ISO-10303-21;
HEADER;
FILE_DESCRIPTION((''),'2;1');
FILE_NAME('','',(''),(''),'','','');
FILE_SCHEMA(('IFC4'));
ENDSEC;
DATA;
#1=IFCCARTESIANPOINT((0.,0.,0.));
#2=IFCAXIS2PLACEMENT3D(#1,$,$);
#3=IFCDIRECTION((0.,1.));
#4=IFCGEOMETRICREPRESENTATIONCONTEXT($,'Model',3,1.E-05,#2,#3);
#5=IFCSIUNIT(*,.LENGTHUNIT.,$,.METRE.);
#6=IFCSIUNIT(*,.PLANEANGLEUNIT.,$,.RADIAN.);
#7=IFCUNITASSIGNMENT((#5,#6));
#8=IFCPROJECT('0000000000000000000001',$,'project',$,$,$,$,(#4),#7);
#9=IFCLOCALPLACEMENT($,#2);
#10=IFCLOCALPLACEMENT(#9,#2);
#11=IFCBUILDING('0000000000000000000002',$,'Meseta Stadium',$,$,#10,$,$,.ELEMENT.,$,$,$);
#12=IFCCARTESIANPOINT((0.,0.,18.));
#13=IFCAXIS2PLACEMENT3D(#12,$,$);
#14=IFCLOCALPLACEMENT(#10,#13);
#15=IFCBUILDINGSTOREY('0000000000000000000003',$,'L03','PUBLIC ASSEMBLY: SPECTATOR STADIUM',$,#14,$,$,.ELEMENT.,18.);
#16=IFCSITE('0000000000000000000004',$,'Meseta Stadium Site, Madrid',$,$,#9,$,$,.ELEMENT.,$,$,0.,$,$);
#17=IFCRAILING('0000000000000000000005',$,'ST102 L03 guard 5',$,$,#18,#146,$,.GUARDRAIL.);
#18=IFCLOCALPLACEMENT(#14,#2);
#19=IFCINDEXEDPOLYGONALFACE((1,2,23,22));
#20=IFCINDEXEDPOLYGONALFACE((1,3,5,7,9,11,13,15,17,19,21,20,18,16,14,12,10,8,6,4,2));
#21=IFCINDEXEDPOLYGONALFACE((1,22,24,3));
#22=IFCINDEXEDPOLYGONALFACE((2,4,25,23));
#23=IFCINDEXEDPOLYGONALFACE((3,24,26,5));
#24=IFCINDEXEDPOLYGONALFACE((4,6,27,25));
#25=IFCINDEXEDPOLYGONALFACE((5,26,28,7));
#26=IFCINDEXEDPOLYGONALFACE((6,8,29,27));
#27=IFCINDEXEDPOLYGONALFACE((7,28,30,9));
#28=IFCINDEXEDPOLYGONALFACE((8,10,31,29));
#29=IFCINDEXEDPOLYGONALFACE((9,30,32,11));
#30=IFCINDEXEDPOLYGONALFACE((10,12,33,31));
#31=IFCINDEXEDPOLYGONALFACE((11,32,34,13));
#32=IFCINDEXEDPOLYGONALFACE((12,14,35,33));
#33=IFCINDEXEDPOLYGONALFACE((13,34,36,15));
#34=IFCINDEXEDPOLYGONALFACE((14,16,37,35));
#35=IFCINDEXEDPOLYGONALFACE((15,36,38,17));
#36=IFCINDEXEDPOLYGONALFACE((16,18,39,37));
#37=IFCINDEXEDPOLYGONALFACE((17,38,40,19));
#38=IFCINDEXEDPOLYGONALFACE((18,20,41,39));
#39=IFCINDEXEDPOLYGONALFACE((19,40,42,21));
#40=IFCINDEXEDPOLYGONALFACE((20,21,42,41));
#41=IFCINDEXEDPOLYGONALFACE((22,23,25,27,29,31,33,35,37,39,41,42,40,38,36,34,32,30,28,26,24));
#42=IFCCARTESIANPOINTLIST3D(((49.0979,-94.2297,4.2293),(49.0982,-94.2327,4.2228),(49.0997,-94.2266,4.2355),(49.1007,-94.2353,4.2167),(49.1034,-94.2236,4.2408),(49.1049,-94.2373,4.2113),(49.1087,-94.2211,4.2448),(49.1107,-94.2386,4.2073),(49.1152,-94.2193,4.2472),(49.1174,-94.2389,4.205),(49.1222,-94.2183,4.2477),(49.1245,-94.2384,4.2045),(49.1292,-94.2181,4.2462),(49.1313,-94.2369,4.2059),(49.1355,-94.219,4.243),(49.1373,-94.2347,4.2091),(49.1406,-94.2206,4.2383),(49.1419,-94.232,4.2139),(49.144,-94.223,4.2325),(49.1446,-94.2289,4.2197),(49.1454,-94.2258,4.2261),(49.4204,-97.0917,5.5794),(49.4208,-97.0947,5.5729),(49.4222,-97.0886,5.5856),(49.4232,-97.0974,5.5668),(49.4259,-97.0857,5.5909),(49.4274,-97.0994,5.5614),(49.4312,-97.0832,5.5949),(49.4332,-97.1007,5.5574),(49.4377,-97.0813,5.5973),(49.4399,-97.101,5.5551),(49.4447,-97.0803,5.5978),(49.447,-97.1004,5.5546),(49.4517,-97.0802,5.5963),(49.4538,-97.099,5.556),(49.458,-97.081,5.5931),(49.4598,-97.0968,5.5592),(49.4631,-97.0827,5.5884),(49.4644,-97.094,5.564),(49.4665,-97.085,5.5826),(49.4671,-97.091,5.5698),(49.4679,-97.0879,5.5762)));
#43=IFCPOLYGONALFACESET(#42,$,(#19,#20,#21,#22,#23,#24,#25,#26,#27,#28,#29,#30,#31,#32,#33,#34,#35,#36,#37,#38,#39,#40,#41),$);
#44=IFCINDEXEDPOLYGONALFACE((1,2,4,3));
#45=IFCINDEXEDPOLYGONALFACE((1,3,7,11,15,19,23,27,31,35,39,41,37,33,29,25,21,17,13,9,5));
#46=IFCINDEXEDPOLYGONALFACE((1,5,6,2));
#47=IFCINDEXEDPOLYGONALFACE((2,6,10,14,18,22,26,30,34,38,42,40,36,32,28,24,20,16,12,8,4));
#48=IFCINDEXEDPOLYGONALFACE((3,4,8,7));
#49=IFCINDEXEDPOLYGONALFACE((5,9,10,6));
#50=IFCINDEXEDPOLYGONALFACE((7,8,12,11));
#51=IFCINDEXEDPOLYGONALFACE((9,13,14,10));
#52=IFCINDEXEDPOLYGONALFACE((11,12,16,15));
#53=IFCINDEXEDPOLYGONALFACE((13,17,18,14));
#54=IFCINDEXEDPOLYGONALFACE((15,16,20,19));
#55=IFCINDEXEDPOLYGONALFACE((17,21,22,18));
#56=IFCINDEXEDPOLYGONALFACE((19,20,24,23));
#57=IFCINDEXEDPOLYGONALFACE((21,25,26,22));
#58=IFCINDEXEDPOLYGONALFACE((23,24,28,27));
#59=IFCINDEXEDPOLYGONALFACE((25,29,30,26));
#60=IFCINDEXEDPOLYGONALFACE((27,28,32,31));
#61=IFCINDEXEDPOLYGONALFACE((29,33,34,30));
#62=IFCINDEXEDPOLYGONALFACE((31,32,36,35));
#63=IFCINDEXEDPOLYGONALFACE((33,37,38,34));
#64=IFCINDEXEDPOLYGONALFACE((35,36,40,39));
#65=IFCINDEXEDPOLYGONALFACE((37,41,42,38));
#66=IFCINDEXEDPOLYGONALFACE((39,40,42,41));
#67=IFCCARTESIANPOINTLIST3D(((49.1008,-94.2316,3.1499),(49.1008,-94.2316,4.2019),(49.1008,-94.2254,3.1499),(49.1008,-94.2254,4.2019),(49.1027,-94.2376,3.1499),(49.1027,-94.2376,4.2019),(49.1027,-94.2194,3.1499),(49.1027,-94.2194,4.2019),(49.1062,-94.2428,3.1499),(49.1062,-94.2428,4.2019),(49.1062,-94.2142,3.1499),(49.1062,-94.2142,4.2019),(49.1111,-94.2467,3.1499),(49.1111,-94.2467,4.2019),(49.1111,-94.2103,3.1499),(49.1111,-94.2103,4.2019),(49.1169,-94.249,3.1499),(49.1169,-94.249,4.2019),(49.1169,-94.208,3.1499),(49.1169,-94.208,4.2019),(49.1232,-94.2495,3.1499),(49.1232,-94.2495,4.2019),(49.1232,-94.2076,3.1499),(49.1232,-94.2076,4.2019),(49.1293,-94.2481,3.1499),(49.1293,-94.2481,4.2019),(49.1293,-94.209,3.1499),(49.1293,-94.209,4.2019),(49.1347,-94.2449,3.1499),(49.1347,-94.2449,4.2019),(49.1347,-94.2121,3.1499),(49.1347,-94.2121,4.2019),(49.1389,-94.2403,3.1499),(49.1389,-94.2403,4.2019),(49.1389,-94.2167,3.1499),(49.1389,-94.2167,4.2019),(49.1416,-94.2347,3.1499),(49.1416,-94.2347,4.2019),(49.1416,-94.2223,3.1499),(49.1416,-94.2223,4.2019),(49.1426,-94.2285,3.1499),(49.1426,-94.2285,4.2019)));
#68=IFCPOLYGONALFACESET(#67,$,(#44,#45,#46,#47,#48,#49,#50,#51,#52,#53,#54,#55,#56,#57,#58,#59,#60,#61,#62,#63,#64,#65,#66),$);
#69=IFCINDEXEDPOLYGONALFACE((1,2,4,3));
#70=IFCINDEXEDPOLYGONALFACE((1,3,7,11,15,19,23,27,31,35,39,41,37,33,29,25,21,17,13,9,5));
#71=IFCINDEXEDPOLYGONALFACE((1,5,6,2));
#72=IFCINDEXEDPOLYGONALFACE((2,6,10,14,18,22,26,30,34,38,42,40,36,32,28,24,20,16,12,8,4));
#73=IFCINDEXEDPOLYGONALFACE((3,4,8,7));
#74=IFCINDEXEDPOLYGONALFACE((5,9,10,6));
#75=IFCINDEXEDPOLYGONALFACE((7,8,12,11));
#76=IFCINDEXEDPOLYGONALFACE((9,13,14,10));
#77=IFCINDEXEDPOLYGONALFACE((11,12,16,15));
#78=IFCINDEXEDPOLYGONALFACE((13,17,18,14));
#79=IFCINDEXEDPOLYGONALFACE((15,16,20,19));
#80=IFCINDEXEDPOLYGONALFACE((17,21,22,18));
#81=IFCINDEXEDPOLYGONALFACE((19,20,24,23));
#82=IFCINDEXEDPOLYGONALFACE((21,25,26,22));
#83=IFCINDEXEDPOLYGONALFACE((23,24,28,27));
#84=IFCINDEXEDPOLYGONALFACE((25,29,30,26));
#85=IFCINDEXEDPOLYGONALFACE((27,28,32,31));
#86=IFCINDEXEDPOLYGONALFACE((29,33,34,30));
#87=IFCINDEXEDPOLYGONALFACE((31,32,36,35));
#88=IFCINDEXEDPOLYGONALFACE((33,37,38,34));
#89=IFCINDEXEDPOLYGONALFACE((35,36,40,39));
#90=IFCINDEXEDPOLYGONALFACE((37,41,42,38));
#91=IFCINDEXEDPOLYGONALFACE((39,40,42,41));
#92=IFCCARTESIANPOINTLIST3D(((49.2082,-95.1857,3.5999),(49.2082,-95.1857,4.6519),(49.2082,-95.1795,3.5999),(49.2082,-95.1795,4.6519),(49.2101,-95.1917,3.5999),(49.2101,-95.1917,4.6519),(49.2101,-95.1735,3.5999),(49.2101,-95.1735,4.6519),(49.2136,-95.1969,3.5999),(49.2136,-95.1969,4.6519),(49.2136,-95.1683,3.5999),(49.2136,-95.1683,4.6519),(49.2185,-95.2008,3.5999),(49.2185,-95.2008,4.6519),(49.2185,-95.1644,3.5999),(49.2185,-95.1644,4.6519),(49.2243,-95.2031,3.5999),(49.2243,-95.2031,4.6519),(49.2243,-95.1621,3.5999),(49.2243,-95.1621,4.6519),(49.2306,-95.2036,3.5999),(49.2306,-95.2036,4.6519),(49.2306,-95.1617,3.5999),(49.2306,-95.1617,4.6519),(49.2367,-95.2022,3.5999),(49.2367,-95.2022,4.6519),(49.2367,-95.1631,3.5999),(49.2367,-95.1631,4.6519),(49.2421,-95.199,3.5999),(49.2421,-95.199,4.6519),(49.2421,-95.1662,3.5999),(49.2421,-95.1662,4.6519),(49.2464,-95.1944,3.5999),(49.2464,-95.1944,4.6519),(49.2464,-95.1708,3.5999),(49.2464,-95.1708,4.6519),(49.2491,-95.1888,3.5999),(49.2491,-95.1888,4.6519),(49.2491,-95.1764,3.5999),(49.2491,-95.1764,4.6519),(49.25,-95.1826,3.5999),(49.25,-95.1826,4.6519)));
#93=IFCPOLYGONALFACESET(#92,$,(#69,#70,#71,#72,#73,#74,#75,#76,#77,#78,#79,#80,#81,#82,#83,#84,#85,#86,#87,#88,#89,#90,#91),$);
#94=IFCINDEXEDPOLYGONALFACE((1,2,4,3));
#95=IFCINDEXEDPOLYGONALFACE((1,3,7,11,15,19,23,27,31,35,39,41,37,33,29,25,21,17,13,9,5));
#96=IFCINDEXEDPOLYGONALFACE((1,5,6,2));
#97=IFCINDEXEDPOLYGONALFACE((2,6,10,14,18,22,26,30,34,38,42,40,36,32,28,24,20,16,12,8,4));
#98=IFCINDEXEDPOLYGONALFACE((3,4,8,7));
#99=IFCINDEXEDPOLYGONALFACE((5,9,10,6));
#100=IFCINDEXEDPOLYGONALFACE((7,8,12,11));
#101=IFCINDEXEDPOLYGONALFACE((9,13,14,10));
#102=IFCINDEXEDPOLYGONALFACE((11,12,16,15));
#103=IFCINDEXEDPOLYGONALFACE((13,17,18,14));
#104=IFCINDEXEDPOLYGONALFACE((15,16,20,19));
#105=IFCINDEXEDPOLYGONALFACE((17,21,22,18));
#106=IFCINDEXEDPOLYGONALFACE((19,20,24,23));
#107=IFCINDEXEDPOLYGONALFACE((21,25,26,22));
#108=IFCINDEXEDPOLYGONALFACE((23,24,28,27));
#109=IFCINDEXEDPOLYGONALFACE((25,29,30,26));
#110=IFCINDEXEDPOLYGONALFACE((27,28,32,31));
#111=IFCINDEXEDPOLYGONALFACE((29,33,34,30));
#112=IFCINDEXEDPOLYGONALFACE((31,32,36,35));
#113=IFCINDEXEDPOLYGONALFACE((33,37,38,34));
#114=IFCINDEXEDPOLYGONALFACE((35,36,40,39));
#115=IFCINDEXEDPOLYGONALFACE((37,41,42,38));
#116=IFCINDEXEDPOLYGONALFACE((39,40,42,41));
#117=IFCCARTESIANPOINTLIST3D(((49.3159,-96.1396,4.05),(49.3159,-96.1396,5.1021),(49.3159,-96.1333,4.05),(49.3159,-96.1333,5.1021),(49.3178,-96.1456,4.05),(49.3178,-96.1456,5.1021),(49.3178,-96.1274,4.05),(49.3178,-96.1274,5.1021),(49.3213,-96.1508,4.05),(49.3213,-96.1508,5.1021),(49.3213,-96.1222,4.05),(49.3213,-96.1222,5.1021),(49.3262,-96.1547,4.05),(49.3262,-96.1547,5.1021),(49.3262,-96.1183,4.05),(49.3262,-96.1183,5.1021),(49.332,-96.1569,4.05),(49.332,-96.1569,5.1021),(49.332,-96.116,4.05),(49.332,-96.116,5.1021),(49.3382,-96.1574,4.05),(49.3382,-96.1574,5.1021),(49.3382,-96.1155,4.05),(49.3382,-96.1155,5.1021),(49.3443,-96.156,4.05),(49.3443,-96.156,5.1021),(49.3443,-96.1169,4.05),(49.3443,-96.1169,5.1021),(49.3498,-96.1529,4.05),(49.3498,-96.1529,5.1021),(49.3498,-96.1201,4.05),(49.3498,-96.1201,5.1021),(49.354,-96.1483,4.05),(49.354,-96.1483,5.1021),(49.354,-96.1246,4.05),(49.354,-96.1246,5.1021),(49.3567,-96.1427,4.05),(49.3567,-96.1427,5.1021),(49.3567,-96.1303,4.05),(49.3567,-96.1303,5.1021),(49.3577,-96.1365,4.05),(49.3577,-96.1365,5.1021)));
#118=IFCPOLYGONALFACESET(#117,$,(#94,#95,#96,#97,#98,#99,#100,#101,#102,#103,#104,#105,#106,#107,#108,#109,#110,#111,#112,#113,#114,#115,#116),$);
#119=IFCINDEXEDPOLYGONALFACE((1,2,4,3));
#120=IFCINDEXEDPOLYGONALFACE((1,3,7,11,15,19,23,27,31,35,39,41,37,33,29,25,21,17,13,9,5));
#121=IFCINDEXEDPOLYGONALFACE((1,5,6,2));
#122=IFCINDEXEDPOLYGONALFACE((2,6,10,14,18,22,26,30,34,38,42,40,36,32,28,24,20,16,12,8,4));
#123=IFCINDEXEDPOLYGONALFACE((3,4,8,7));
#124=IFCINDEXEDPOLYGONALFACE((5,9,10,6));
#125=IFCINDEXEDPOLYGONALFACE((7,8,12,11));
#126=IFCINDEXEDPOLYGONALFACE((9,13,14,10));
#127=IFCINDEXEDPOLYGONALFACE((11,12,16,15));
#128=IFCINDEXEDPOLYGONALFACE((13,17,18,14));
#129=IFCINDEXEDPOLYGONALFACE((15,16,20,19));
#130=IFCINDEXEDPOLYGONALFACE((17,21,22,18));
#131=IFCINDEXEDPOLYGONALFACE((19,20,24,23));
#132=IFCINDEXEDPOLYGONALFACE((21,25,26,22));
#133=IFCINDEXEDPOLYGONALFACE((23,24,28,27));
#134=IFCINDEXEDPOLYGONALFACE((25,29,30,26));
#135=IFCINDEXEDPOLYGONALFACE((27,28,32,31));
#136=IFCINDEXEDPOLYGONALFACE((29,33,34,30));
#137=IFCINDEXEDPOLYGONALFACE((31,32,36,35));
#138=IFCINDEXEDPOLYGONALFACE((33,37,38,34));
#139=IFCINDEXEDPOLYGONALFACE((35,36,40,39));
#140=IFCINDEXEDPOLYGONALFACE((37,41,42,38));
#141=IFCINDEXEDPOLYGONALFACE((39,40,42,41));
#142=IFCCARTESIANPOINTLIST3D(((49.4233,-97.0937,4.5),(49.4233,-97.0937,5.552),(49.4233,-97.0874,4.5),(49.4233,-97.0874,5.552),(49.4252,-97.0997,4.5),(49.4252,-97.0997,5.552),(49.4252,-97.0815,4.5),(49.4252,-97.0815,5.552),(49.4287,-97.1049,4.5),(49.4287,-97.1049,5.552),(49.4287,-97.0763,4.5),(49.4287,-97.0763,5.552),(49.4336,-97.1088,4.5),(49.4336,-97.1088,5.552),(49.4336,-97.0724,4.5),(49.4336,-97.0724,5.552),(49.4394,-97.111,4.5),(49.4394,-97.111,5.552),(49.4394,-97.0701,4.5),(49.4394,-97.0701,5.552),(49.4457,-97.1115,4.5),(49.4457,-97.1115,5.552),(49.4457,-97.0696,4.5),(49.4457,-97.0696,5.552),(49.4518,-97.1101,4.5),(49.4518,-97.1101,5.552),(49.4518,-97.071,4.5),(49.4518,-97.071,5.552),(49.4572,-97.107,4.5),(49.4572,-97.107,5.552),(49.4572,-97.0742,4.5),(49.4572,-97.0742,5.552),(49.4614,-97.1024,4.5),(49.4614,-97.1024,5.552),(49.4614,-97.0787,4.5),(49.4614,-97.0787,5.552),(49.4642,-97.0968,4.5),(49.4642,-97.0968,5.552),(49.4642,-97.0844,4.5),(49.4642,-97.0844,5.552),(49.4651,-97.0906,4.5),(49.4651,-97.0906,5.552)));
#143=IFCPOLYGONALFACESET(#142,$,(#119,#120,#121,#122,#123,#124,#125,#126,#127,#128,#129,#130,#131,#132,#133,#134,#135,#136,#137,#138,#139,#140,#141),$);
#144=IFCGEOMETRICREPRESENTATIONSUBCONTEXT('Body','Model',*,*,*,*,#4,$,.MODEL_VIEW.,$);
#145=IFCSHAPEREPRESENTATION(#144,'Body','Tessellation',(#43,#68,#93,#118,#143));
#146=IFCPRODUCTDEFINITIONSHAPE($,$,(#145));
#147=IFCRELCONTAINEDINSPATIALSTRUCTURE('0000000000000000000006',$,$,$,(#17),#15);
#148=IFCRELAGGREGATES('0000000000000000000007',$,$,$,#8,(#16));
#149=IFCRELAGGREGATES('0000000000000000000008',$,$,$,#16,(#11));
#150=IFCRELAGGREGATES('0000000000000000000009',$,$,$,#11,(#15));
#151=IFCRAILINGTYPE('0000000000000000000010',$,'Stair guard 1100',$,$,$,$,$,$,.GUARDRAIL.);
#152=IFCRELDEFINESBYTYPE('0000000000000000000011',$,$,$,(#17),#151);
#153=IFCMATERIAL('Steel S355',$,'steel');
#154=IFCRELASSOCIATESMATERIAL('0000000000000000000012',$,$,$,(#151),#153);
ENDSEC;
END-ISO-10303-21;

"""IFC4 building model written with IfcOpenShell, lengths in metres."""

from ifc_helpers import new_model, si_unit, direction, frame, origin, origin_2d, place, context, subcontext, project, spatial, circle, extrude, material, type_object, element, save


model = new_model("IFC4")

# Units and contexts
model_context = context("Model", 3, precision=1e-05, world=origin(), true_north=direction((0.0, 1.0)))
body_context = subcontext(model_context, "Body", "Model", "MODEL_VIEW")
ifc_project = project(units=[si_unit("LENGTHUNIT", "METRE"), si_unit("PLANEANGLEUNIT", "RADIAN")], contexts=[model_context])

# Site, building, storey
site_placement = place(None, origin())
site = spatial("IfcSite", under=ifc_project, at=site_placement, Name="Meseta Stadium Site, Madrid", CompositionType="ELEMENT", RefElevation=0.0)
building_placement = place(site_placement, origin())
building = spatial("IfcBuilding", under=site, at=building_placement, Name="Meseta Stadium", CompositionType="ELEMENT")
storey_placement = place(building_placement, frame((0.0, 0.0, 18.0)))
storey = spatial("IfcBuildingStorey", under=building, at=storey_placement, Name="L03", Description="PUBLIC ASSEMBLY: SPECTATOR STADIUM", CompositionType="ELEMENT", Elevation=18.0)

# Railing
ifc_material_1 = material(Name="Steel S355", Category="steel")
railing_type = type_object("IfcRailingType", Name="Stair guard 1100", PredefinedType="GUARDRAIL", material=ifc_material_1)
railing_1_placement = place(storey_placement, frame((49.1216, -94.2285, 3.1499)))
element("IfcRailing", 1, at=railing_1_placement, inside=storey, type_object=railing_type, Name="ST102 L03 guard 5", PredefinedType="GUARDRAIL", context=body_context, shape_type="SweptSolid", body=[
    extrude(circle(Radius=0.0239, at=origin_2d()), frame((0.0, 0.0, 1.0762), z_axis=(0.101389, -0.899763, 0.424438), x_axis=(0.993711, 0.111976, 0.0)), (0.0, 0.0, 1.0), 3.1809),
    extrude(circle(Radius=0.021, at=origin_2d()), origin(), (0.0, 0.0, 1.0), 1.052),
    extrude(circle(Radius=0.021, at=origin_2d()), frame((0.1074, -0.9541, 0.45)), (0.0, 0.0, 1.0), 1.052),
    extrude(circle(Radius=0.021, at=origin_2d()), frame((0.2151, -1.908, 0.9001)), (0.0, 0.0, 1.0), 1.052),
    extrude(circle(Radius=0.021, at=origin_2d()), frame((0.3225, -2.8621, 1.3501)), (0.0, 0.0, 1.0), 1.052),
])

save(model, "model.ifc")
